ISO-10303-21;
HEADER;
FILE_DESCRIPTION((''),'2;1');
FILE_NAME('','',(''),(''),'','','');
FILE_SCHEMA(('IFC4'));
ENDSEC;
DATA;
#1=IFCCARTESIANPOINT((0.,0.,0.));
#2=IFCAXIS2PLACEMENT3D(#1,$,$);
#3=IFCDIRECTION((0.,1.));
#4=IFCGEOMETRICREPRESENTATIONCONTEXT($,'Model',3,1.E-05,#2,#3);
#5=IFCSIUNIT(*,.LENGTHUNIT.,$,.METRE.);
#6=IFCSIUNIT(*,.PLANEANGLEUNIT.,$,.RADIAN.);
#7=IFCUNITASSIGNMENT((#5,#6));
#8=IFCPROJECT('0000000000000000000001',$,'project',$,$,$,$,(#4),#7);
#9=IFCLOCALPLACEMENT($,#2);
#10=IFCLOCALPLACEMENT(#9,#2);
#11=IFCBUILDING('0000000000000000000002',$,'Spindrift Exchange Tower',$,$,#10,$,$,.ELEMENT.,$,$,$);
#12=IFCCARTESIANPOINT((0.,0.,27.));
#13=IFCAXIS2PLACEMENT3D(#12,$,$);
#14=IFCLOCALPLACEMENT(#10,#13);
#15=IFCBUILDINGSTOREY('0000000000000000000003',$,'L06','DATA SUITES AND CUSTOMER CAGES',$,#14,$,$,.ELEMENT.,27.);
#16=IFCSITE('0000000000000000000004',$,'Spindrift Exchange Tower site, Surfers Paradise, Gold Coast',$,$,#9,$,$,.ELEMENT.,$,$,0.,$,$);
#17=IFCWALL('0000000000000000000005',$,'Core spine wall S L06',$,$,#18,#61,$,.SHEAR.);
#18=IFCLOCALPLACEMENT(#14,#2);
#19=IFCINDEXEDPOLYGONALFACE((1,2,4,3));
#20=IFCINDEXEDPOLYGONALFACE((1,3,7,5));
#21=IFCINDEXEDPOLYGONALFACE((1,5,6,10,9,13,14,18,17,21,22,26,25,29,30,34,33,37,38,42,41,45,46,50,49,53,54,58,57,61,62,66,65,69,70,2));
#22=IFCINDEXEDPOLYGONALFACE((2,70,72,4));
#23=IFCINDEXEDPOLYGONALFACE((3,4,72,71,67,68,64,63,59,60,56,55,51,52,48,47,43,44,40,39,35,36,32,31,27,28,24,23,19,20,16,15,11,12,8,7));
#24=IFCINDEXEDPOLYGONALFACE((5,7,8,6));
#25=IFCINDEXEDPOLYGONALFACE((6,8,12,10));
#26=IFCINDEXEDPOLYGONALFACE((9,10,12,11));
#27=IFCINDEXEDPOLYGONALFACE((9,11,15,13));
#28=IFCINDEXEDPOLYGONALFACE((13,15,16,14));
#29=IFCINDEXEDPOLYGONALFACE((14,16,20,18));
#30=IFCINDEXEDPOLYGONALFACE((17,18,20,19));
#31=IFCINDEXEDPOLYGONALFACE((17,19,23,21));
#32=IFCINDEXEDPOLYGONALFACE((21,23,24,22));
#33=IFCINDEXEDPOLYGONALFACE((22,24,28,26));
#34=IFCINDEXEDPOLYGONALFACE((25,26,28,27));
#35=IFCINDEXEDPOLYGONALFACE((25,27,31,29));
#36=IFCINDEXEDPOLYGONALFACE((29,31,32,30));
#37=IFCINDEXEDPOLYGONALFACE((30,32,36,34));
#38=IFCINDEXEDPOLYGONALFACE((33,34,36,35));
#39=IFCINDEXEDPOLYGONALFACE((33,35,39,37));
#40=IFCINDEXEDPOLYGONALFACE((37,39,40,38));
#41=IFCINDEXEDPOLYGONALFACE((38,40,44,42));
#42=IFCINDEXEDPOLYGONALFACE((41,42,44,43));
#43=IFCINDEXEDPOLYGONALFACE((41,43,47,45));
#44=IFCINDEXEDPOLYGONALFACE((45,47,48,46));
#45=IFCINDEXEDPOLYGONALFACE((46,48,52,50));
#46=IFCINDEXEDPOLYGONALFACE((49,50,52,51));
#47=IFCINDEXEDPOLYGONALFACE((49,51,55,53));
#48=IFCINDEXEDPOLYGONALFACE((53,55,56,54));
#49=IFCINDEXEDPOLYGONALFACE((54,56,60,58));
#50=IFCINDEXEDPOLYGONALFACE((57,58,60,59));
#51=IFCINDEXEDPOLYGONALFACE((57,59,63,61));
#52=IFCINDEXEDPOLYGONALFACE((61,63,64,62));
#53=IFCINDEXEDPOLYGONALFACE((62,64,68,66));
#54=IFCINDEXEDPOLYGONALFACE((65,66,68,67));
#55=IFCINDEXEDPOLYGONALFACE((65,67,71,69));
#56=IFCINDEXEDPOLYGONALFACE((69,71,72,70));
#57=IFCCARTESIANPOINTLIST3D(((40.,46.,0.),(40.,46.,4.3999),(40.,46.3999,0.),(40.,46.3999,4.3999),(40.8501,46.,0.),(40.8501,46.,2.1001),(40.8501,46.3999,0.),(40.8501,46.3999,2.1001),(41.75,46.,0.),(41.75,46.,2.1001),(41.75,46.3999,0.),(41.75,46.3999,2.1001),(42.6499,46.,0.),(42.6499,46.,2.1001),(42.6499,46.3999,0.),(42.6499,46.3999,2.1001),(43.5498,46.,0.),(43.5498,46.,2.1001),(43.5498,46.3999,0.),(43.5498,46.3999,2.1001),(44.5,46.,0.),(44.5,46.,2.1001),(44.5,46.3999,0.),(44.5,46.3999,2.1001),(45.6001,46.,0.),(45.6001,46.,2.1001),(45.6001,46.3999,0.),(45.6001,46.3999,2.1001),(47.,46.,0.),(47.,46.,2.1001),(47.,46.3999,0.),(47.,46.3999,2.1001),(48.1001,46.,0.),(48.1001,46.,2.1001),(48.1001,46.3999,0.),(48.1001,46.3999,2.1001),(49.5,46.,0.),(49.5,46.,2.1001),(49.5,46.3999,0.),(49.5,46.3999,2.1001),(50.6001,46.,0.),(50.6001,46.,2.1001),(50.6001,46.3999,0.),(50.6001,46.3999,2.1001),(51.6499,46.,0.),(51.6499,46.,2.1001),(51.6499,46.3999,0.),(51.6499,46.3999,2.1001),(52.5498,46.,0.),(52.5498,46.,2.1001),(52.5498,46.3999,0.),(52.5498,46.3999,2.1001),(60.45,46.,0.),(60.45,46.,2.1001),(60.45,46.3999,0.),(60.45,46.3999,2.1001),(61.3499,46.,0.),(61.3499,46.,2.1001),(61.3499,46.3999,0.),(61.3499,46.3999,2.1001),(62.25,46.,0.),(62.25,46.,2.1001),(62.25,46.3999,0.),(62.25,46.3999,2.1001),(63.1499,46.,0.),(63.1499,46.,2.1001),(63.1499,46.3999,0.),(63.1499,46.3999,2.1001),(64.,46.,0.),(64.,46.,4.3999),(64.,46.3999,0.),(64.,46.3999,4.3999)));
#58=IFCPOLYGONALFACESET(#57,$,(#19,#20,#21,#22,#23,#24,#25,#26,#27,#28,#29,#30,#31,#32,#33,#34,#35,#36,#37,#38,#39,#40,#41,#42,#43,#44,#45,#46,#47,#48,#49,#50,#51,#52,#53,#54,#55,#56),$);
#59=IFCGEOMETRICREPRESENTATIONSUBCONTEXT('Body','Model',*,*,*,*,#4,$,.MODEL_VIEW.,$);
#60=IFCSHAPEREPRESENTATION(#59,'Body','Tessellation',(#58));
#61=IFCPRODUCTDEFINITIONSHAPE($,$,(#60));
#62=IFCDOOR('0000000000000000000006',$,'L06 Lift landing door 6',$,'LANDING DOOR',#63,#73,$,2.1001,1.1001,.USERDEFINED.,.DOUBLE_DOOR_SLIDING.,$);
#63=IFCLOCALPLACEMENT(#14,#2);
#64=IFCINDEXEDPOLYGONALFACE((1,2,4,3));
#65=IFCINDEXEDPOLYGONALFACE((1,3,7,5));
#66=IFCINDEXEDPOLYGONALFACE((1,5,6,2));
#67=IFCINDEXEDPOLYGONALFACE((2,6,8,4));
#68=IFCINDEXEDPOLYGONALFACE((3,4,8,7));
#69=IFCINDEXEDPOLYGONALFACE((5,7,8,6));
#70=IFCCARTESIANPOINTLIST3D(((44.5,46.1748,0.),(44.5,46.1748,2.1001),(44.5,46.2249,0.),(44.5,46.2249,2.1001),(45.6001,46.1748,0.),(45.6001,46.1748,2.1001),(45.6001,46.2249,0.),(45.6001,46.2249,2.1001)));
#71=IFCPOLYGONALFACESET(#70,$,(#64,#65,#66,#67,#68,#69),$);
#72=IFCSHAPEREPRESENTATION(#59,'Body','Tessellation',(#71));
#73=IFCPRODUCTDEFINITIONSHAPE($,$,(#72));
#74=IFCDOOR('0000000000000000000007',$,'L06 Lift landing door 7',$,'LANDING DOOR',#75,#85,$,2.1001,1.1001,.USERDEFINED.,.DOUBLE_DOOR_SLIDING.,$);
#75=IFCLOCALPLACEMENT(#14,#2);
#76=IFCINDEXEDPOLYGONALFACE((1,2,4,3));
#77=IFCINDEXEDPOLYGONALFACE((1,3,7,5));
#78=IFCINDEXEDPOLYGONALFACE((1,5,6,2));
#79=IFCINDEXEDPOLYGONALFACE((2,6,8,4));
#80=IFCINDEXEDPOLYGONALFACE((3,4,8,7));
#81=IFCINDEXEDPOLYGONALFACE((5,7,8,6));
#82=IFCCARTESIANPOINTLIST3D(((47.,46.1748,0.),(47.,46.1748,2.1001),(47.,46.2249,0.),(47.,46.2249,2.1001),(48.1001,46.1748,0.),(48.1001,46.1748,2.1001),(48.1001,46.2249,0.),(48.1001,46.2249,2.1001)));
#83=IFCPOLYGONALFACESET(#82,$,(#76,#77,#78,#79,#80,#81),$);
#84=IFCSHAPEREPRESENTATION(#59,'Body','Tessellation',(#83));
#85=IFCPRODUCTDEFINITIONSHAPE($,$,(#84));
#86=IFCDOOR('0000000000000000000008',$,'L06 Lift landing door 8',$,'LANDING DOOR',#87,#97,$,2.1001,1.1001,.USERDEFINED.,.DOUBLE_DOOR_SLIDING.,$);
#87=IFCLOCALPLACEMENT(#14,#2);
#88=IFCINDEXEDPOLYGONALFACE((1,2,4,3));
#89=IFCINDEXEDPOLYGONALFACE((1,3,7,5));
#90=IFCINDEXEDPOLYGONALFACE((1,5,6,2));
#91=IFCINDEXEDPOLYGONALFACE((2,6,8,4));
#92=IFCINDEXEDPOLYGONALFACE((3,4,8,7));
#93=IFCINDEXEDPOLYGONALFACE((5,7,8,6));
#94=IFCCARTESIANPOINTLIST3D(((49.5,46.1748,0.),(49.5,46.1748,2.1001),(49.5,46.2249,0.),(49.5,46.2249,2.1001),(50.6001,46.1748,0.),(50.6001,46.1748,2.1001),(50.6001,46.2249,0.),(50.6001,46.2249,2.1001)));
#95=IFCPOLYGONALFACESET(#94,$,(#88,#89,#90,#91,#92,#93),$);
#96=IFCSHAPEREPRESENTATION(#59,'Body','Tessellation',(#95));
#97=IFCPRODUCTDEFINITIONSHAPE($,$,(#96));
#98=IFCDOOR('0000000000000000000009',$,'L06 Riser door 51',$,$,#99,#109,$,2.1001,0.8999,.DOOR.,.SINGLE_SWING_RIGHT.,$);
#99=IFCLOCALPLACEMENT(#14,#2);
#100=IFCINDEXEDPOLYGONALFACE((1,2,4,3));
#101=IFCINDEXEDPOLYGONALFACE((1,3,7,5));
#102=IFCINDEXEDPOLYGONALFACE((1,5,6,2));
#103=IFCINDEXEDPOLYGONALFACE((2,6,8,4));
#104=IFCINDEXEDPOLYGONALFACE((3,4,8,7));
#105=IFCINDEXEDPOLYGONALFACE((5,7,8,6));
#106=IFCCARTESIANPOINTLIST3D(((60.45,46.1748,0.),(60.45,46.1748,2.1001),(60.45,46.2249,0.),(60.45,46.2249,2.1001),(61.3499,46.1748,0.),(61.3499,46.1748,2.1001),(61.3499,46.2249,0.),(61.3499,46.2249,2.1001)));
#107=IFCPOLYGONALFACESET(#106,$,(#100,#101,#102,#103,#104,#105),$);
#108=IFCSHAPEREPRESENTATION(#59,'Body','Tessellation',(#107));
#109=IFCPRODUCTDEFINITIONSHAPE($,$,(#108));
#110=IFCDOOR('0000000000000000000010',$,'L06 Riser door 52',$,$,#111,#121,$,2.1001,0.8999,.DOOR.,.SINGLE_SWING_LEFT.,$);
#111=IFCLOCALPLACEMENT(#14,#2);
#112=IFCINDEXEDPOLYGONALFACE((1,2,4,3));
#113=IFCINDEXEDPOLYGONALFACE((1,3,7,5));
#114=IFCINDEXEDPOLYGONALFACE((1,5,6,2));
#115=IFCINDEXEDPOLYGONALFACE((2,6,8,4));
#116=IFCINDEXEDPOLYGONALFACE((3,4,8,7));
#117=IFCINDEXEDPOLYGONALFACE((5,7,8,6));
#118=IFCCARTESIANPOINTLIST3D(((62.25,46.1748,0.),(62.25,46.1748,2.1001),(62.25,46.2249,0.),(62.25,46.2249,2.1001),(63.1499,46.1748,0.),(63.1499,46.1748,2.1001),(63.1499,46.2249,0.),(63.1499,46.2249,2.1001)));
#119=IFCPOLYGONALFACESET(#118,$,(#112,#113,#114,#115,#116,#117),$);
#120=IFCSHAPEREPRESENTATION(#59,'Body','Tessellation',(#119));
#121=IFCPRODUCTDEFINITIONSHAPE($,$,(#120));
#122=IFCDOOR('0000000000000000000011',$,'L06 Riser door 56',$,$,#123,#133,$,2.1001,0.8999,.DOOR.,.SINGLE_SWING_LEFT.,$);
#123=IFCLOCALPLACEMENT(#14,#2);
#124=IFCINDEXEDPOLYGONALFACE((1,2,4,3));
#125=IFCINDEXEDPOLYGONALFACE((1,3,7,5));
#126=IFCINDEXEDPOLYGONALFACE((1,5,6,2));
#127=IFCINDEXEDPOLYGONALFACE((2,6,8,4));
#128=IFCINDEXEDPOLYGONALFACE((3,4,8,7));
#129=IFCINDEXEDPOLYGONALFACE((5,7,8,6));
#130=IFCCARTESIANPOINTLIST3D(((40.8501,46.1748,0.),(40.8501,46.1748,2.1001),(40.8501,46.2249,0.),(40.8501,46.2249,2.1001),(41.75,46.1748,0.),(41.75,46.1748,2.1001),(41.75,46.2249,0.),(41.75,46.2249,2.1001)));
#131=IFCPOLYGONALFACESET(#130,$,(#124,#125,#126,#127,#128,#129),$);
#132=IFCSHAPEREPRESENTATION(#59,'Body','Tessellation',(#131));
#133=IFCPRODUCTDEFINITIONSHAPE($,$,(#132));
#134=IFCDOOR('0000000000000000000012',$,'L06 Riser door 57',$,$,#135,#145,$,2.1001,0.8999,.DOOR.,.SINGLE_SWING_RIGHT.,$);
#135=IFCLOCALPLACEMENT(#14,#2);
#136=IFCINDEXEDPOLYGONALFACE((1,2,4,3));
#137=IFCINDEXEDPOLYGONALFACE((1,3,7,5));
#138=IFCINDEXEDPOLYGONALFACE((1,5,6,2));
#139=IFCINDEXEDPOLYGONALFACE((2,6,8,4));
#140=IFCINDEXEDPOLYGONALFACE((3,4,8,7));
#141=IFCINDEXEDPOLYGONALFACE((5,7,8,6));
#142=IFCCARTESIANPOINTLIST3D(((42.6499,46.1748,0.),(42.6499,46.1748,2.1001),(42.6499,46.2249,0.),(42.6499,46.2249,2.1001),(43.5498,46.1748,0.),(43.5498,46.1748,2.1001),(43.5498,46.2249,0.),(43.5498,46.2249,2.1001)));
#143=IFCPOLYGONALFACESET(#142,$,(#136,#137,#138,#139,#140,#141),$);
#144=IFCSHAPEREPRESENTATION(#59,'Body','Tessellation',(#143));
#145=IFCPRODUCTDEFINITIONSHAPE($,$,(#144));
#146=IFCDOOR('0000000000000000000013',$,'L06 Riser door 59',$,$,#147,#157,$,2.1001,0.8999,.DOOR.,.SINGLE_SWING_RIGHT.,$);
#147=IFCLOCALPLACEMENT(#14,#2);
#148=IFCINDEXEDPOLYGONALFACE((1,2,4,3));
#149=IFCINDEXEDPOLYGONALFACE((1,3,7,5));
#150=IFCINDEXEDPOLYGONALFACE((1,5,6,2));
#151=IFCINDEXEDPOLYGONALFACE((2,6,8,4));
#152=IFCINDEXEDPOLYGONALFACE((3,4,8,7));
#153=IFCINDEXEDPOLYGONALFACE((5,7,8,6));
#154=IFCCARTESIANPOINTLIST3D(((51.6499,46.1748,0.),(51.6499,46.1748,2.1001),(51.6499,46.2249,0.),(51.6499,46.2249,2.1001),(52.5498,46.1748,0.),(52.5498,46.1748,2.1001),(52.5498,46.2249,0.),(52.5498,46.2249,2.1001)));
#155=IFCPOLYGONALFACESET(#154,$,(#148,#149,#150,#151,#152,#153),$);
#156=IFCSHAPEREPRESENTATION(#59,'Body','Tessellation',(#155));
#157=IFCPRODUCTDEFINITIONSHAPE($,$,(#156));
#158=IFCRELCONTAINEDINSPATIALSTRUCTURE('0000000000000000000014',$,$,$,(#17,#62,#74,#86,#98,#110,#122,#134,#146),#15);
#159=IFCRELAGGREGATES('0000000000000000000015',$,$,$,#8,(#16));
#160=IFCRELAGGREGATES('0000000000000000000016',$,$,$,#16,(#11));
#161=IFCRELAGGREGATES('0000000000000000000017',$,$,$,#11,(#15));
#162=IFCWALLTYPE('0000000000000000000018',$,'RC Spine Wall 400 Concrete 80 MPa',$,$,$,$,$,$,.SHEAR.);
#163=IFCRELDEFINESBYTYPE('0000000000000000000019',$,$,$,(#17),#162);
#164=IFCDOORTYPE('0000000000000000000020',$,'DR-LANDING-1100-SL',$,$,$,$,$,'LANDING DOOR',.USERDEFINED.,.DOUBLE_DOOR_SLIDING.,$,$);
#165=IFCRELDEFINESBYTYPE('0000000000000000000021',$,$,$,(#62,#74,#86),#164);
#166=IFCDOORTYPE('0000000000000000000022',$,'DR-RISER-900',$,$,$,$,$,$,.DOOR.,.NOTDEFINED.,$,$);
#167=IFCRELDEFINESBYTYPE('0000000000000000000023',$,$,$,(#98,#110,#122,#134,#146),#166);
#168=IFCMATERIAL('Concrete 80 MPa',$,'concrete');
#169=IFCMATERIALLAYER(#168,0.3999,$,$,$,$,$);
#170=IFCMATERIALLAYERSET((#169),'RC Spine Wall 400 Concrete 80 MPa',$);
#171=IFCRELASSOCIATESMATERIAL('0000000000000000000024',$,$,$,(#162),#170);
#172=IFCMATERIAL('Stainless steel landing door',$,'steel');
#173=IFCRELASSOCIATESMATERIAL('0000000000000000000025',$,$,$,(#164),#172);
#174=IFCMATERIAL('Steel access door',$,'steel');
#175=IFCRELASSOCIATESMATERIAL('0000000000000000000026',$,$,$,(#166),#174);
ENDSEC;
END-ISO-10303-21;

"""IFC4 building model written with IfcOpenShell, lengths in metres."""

from ifc_helpers import new_model, si_unit, direction, frame, frame_2d, origin, place, context, subcontext, project, spatial, rectangle, extrude, source, transform, mapped, material, layer, layer_set, type_object, element, fill, save


model = new_model("IFC4")

# Units and contexts
model_context = context("Model", 3, precision=1e-05, world=origin(), true_north=direction((0.0, 1.0)))
body_context = subcontext(model_context, "Body", "Model", "MODEL_VIEW")
ifc_project = project(units=[si_unit("LENGTHUNIT", "METRE"), si_unit("PLANEANGLEUNIT", "RADIAN")], contexts=[model_context])

# Site, building, storey
site_placement = place(None, origin())
site = spatial("IfcSite", under=ifc_project, at=site_placement, Name="Spindrift Exchange Tower site, Surfers Paradise, Gold Coast", CompositionType="ELEMENT", RefElevation=0.0)
building_placement = place(site_placement, origin())
building = spatial("IfcBuilding", under=site, at=building_placement, Name="Spindrift Exchange Tower", CompositionType="ELEMENT")
storey_placement = place(building_placement, frame((0.0, 0.0, 27.0)))
storey = spatial("IfcBuildingStorey", under=building, at=storey_placement, Name="L06", Description="DATA SUITES AND CUSTOMER CAGES", CompositionType="ELEMENT", Elevation=27.0)

# Wall, openings, doors
ifc_material_1 = material(Name="Concrete 80 MPa", Category="concrete")
ifc_layer_1 = layer(ifc_material_1, 0.3999)
ifc_layer_set_1 = layer_set([ifc_layer_1], Name="RC Spine Wall 400 Concrete 80 MPa")
wall_type_1 = type_object("IfcWallType", Name="RC Spine Wall 400 Concrete 80 MPa", PredefinedType="SHEAR", material=ifc_layer_set_1)
wall_1_placement = place(storey_placement, frame((40.0, 46.2, 0.0), z_axis=(0.0, 0.0, 1.0), x_axis=(1.0, 0.0, 0.0)))
wall_1 = element("IfcWall", 1, at=wall_1_placement, inside=storey, type_object=wall_type_1, Name="Core spine wall S L06", PredefinedType="SHEAR", context=body_context, shape_type="SweptSolid", body=[
    extrude(rectangle(XDim=24.0, YDim=0.3999, at=frame_2d((12.0, 0.0))), origin(), (0.0, 0.0, 1.0), 4.3999),
])
opening_1_placement = place(wall_1_placement, frame((4.5, 0.0, 0.0)))
opening_1 = element("IfcOpeningElement", 2, at=opening_1_placement, cuts=wall_1, PredefinedType="OPENING", context=body_context, shape_type="SweptSolid", body=[
    extrude(rectangle(XDim=1.1001, YDim=2.1001, at=frame_2d((0.55, 1.05))), frame((0.0, 0.21, 0.0), z_axis=(0.0, -1.0, 0.0), x_axis=(1.0, 0.0, 0.0)), (0.0, 0.0, 1.0), 0.4199),
])
opening_2_placement = place(wall_1_placement, frame((7.0, 0.0, 0.0)))
opening_2 = element("IfcOpeningElement", 3, at=opening_2_placement, cuts=wall_1, PredefinedType="OPENING", context=body_context, shape_type="SweptSolid", body=[
    extrude(rectangle(XDim=1.1001, YDim=2.1001, at=frame_2d((0.55, 1.05))), frame((0.0, 0.21, 0.0), z_axis=(0.0, -1.0, 0.0), x_axis=(1.0, 0.0, 0.0)), (0.0, 0.0, 1.0), 0.4199),
])
opening_3_placement = place(wall_1_placement, frame((9.5, 0.0, 0.0)))
opening_3 = element("IfcOpeningElement", 4, at=opening_3_placement, cuts=wall_1, PredefinedType="OPENING", context=body_context, shape_type="SweptSolid", body=[
    extrude(rectangle(XDim=1.1001, YDim=2.1001, at=frame_2d((0.55, 1.05))), frame((0.0, 0.21, 0.0), z_axis=(0.0, -1.0, 0.0), x_axis=(1.0, 0.0, 0.0)), (0.0, 0.0, 1.0), 0.4199),
])
opening_4_placement = place(wall_1_placement, frame((20.45, 0.0, 0.0)))
opening_4 = element("IfcOpeningElement", 5, at=opening_4_placement, cuts=wall_1, PredefinedType="OPENING", context=body_context, shape_type="SweptSolid", body=[
    extrude(rectangle(XDim=0.8999, YDim=2.1001, at=frame_2d((0.45, 1.05))), frame((0.0, 0.21, 0.0), z_axis=(0.0, -1.0, 0.0), x_axis=(1.0, 0.0, 0.0)), (0.0, 0.0, 1.0), 0.4199),
])
opening_5_placement = place(wall_1_placement, frame((22.25, 0.0, 0.0)))
opening_5 = element("IfcOpeningElement", 6, at=opening_5_placement, cuts=wall_1, PredefinedType="OPENING", context=body_context, shape_type="SweptSolid", body=[
    extrude(rectangle(XDim=0.8999, YDim=2.1001, at=frame_2d((0.45, 1.05))), frame((0.0, 0.21, 0.0), z_axis=(0.0, -1.0, 0.0), x_axis=(1.0, 0.0, 0.0)), (0.0, 0.0, 1.0), 0.4199),
])
opening_6_placement = place(wall_1_placement, frame((0.8501, 0.0, 0.0)))
opening_6 = element("IfcOpeningElement", 7, at=opening_6_placement, cuts=wall_1, PredefinedType="OPENING", context=body_context, shape_type="SweptSolid", body=[
    extrude(rectangle(XDim=0.8999, YDim=2.1001, at=frame_2d((0.45, 1.05))), frame((0.0, 0.21, 0.0), z_axis=(0.0, -1.0, 0.0), x_axis=(1.0, 0.0, 0.0)), (0.0, 0.0, 1.0), 0.4199),
])
opening_7_placement = place(wall_1_placement, frame((2.6499, 0.0, 0.0)))
opening_7 = element("IfcOpeningElement", 8, at=opening_7_placement, cuts=wall_1, PredefinedType="OPENING", context=body_context, shape_type="SweptSolid", body=[
    extrude(rectangle(XDim=0.8999, YDim=2.1001, at=frame_2d((0.45, 1.05))), frame((0.0, 0.21, 0.0), z_axis=(0.0, -1.0, 0.0), x_axis=(1.0, 0.0, 0.0)), (0.0, 0.0, 1.0), 0.4199),
])
opening_8_placement = place(wall_1_placement, frame((11.6499, 0.0, 0.0)))
opening_8 = element("IfcOpeningElement", 9, at=opening_8_placement, cuts=wall_1, PredefinedType="OPENING", context=body_context, shape_type="SweptSolid", body=[
    extrude(rectangle(XDim=0.8999, YDim=2.1001, at=frame_2d((0.45, 1.05))), frame((0.0, 0.21, 0.0), z_axis=(0.0, -1.0, 0.0), x_axis=(1.0, 0.0, 0.0)), (0.0, 0.0, 1.0), 0.4199),
])
ifc_material_2 = material(Name="Stainless steel landing door", Category="steel")
door_type_1 = type_object("IfcDoorType", Name="DR-LANDING-1100-SL", ElementType="LANDING DOOR", OperationType="DOUBLE_DOOR_SLIDING", PredefinedType="USERDEFINED", material=ifc_material_2)
shared_shape_1 = source(origin(), body_context, "Body", "SweptSolid", [
    extrude(rectangle(XDim=1.1001, YDim=2.1001, at=frame_2d((0.55, 1.05))), frame((0.0, 0.0249, 0.0), z_axis=(0.0, -1.0, 0.0), x_axis=(1.0, 0.0, 0.0)), (0.0, 0.0, 1.0), 0.05),
])
door_1_placement = place(opening_1_placement, origin())
door_1 = element("IfcDoor", 10, at=door_1_placement, inside=storey, type_object=door_type_1, Name="L06 Lift landing door 6", ObjectType="LANDING DOOR", OperationType="DOUBLE_DOOR_SLIDING", OverallHeight=2.1001, OverallWidth=1.1001, PredefinedType="USERDEFINED", context=body_context, shape_type="MappedRepresentation", body=[
    mapped(shared_shape_1, transform((0.0, 0.0, 0.0), scale=1.0)),
])
fill(opening_1, door_1)
door_2_placement = place(opening_2_placement, origin())
door_2 = element("IfcDoor", 11, at=door_2_placement, inside=storey, type_object=door_type_1, Name="L06 Lift landing door 7", ObjectType="LANDING DOOR", OperationType="DOUBLE_DOOR_SLIDING", OverallHeight=2.1001, OverallWidth=1.1001, PredefinedType="USERDEFINED", context=body_context, shape_type="MappedRepresentation", body=[
    mapped(shared_shape_1, transform((0.0, 0.0, 0.0), scale=1.0)),
])
fill(opening_2, door_2)
door_3_placement = place(opening_3_placement, origin())
door_3 = element("IfcDoor", 12, at=door_3_placement, inside=storey, type_object=door_type_1, Name="L06 Lift landing door 8", ObjectType="LANDING DOOR", OperationType="DOUBLE_DOOR_SLIDING", OverallHeight=2.1001, OverallWidth=1.1001, PredefinedType="USERDEFINED", context=body_context, shape_type="MappedRepresentation", body=[
    mapped(shared_shape_1, transform((0.0, 0.0, 0.0), scale=1.0)),
])
fill(opening_3, door_3)
ifc_material_3 = material(Name="Steel access door", Category="steel")
door_type_2 = type_object("IfcDoorType", Name="DR-RISER-900", OperationType="NOTDEFINED", PredefinedType="DOOR", material=ifc_material_3)
shared_shape_2 = source(origin(), body_context, "Body", "SweptSolid", [
    extrude(rectangle(XDim=0.8999, YDim=2.1001, at=frame_2d((0.45, 1.05))), frame((0.0, 0.0249, 0.0), z_axis=(0.0, -1.0, 0.0), x_axis=(1.0, 0.0, 0.0)), (0.0, 0.0, 1.0), 0.05),
])
door_4_placement = place(opening_4_placement, origin())
door_4 = element("IfcDoor", 13, at=door_4_placement, inside=storey, type_object=door_type_2, Name="L06 Riser door 51", OperationType="SINGLE_SWING_RIGHT", OverallHeight=2.1001, OverallWidth=0.8999, PredefinedType="DOOR", context=body_context, shape_type="MappedRepresentation", body=[
    mapped(shared_shape_2, transform((0.0, 0.0, 0.0), scale=1.0)),
])
fill(opening_4, door_4)
door_5_placement = place(opening_5_placement, origin())
door_5 = element("IfcDoor", 14, at=door_5_placement, inside=storey, type_object=door_type_2, Name="L06 Riser door 52", OperationType="SINGLE_SWING_LEFT", OverallHeight=2.1001, OverallWidth=0.8999, PredefinedType="DOOR", context=body_context, shape_type="MappedRepresentation", body=[
    mapped(shared_shape_2, transform((0.0, 0.0, 0.0), scale=1.0)),
])
fill(opening_5, door_5)
door_6_placement = place(opening_6_placement, origin())
door_6 = element("IfcDoor", 15, at=door_6_placement, inside=storey, type_object=door_type_2, Name="L06 Riser door 56", OperationType="SINGLE_SWING_LEFT", OverallHeight=2.1001, OverallWidth=0.8999, PredefinedType="DOOR", context=body_context, shape_type="MappedRepresentation", body=[
    mapped(shared_shape_2, transform((0.0, 0.0, 0.0), scale=1.0)),
])
fill(opening_6, door_6)
door_7_placement = place(opening_7_placement, origin())
door_7 = element("IfcDoor", 16, at=door_7_placement, inside=storey, type_object=door_type_2, Name="L06 Riser door 57", OperationType="SINGLE_SWING_RIGHT", OverallHeight=2.1001, OverallWidth=0.8999, PredefinedType="DOOR", context=body_context, shape_type="MappedRepresentation", body=[
    mapped(shared_shape_2, transform((0.0, 0.0, 0.0), scale=1.0)),
])
fill(opening_7, door_7)
door_8_placement = place(opening_8_placement, origin())
door_8 = element("IfcDoor", 17, at=door_8_placement, inside=storey, type_object=door_type_2, Name="L06 Riser door 59", OperationType="SINGLE_SWING_RIGHT", OverallHeight=2.1001, OverallWidth=0.8999, PredefinedType="DOOR", context=body_context, shape_type="MappedRepresentation", body=[
    mapped(shared_shape_2, transform((0.0, 0.0, 0.0), scale=1.0)),
])
fill(opening_8, door_8)

save(model, "model.ifc")
